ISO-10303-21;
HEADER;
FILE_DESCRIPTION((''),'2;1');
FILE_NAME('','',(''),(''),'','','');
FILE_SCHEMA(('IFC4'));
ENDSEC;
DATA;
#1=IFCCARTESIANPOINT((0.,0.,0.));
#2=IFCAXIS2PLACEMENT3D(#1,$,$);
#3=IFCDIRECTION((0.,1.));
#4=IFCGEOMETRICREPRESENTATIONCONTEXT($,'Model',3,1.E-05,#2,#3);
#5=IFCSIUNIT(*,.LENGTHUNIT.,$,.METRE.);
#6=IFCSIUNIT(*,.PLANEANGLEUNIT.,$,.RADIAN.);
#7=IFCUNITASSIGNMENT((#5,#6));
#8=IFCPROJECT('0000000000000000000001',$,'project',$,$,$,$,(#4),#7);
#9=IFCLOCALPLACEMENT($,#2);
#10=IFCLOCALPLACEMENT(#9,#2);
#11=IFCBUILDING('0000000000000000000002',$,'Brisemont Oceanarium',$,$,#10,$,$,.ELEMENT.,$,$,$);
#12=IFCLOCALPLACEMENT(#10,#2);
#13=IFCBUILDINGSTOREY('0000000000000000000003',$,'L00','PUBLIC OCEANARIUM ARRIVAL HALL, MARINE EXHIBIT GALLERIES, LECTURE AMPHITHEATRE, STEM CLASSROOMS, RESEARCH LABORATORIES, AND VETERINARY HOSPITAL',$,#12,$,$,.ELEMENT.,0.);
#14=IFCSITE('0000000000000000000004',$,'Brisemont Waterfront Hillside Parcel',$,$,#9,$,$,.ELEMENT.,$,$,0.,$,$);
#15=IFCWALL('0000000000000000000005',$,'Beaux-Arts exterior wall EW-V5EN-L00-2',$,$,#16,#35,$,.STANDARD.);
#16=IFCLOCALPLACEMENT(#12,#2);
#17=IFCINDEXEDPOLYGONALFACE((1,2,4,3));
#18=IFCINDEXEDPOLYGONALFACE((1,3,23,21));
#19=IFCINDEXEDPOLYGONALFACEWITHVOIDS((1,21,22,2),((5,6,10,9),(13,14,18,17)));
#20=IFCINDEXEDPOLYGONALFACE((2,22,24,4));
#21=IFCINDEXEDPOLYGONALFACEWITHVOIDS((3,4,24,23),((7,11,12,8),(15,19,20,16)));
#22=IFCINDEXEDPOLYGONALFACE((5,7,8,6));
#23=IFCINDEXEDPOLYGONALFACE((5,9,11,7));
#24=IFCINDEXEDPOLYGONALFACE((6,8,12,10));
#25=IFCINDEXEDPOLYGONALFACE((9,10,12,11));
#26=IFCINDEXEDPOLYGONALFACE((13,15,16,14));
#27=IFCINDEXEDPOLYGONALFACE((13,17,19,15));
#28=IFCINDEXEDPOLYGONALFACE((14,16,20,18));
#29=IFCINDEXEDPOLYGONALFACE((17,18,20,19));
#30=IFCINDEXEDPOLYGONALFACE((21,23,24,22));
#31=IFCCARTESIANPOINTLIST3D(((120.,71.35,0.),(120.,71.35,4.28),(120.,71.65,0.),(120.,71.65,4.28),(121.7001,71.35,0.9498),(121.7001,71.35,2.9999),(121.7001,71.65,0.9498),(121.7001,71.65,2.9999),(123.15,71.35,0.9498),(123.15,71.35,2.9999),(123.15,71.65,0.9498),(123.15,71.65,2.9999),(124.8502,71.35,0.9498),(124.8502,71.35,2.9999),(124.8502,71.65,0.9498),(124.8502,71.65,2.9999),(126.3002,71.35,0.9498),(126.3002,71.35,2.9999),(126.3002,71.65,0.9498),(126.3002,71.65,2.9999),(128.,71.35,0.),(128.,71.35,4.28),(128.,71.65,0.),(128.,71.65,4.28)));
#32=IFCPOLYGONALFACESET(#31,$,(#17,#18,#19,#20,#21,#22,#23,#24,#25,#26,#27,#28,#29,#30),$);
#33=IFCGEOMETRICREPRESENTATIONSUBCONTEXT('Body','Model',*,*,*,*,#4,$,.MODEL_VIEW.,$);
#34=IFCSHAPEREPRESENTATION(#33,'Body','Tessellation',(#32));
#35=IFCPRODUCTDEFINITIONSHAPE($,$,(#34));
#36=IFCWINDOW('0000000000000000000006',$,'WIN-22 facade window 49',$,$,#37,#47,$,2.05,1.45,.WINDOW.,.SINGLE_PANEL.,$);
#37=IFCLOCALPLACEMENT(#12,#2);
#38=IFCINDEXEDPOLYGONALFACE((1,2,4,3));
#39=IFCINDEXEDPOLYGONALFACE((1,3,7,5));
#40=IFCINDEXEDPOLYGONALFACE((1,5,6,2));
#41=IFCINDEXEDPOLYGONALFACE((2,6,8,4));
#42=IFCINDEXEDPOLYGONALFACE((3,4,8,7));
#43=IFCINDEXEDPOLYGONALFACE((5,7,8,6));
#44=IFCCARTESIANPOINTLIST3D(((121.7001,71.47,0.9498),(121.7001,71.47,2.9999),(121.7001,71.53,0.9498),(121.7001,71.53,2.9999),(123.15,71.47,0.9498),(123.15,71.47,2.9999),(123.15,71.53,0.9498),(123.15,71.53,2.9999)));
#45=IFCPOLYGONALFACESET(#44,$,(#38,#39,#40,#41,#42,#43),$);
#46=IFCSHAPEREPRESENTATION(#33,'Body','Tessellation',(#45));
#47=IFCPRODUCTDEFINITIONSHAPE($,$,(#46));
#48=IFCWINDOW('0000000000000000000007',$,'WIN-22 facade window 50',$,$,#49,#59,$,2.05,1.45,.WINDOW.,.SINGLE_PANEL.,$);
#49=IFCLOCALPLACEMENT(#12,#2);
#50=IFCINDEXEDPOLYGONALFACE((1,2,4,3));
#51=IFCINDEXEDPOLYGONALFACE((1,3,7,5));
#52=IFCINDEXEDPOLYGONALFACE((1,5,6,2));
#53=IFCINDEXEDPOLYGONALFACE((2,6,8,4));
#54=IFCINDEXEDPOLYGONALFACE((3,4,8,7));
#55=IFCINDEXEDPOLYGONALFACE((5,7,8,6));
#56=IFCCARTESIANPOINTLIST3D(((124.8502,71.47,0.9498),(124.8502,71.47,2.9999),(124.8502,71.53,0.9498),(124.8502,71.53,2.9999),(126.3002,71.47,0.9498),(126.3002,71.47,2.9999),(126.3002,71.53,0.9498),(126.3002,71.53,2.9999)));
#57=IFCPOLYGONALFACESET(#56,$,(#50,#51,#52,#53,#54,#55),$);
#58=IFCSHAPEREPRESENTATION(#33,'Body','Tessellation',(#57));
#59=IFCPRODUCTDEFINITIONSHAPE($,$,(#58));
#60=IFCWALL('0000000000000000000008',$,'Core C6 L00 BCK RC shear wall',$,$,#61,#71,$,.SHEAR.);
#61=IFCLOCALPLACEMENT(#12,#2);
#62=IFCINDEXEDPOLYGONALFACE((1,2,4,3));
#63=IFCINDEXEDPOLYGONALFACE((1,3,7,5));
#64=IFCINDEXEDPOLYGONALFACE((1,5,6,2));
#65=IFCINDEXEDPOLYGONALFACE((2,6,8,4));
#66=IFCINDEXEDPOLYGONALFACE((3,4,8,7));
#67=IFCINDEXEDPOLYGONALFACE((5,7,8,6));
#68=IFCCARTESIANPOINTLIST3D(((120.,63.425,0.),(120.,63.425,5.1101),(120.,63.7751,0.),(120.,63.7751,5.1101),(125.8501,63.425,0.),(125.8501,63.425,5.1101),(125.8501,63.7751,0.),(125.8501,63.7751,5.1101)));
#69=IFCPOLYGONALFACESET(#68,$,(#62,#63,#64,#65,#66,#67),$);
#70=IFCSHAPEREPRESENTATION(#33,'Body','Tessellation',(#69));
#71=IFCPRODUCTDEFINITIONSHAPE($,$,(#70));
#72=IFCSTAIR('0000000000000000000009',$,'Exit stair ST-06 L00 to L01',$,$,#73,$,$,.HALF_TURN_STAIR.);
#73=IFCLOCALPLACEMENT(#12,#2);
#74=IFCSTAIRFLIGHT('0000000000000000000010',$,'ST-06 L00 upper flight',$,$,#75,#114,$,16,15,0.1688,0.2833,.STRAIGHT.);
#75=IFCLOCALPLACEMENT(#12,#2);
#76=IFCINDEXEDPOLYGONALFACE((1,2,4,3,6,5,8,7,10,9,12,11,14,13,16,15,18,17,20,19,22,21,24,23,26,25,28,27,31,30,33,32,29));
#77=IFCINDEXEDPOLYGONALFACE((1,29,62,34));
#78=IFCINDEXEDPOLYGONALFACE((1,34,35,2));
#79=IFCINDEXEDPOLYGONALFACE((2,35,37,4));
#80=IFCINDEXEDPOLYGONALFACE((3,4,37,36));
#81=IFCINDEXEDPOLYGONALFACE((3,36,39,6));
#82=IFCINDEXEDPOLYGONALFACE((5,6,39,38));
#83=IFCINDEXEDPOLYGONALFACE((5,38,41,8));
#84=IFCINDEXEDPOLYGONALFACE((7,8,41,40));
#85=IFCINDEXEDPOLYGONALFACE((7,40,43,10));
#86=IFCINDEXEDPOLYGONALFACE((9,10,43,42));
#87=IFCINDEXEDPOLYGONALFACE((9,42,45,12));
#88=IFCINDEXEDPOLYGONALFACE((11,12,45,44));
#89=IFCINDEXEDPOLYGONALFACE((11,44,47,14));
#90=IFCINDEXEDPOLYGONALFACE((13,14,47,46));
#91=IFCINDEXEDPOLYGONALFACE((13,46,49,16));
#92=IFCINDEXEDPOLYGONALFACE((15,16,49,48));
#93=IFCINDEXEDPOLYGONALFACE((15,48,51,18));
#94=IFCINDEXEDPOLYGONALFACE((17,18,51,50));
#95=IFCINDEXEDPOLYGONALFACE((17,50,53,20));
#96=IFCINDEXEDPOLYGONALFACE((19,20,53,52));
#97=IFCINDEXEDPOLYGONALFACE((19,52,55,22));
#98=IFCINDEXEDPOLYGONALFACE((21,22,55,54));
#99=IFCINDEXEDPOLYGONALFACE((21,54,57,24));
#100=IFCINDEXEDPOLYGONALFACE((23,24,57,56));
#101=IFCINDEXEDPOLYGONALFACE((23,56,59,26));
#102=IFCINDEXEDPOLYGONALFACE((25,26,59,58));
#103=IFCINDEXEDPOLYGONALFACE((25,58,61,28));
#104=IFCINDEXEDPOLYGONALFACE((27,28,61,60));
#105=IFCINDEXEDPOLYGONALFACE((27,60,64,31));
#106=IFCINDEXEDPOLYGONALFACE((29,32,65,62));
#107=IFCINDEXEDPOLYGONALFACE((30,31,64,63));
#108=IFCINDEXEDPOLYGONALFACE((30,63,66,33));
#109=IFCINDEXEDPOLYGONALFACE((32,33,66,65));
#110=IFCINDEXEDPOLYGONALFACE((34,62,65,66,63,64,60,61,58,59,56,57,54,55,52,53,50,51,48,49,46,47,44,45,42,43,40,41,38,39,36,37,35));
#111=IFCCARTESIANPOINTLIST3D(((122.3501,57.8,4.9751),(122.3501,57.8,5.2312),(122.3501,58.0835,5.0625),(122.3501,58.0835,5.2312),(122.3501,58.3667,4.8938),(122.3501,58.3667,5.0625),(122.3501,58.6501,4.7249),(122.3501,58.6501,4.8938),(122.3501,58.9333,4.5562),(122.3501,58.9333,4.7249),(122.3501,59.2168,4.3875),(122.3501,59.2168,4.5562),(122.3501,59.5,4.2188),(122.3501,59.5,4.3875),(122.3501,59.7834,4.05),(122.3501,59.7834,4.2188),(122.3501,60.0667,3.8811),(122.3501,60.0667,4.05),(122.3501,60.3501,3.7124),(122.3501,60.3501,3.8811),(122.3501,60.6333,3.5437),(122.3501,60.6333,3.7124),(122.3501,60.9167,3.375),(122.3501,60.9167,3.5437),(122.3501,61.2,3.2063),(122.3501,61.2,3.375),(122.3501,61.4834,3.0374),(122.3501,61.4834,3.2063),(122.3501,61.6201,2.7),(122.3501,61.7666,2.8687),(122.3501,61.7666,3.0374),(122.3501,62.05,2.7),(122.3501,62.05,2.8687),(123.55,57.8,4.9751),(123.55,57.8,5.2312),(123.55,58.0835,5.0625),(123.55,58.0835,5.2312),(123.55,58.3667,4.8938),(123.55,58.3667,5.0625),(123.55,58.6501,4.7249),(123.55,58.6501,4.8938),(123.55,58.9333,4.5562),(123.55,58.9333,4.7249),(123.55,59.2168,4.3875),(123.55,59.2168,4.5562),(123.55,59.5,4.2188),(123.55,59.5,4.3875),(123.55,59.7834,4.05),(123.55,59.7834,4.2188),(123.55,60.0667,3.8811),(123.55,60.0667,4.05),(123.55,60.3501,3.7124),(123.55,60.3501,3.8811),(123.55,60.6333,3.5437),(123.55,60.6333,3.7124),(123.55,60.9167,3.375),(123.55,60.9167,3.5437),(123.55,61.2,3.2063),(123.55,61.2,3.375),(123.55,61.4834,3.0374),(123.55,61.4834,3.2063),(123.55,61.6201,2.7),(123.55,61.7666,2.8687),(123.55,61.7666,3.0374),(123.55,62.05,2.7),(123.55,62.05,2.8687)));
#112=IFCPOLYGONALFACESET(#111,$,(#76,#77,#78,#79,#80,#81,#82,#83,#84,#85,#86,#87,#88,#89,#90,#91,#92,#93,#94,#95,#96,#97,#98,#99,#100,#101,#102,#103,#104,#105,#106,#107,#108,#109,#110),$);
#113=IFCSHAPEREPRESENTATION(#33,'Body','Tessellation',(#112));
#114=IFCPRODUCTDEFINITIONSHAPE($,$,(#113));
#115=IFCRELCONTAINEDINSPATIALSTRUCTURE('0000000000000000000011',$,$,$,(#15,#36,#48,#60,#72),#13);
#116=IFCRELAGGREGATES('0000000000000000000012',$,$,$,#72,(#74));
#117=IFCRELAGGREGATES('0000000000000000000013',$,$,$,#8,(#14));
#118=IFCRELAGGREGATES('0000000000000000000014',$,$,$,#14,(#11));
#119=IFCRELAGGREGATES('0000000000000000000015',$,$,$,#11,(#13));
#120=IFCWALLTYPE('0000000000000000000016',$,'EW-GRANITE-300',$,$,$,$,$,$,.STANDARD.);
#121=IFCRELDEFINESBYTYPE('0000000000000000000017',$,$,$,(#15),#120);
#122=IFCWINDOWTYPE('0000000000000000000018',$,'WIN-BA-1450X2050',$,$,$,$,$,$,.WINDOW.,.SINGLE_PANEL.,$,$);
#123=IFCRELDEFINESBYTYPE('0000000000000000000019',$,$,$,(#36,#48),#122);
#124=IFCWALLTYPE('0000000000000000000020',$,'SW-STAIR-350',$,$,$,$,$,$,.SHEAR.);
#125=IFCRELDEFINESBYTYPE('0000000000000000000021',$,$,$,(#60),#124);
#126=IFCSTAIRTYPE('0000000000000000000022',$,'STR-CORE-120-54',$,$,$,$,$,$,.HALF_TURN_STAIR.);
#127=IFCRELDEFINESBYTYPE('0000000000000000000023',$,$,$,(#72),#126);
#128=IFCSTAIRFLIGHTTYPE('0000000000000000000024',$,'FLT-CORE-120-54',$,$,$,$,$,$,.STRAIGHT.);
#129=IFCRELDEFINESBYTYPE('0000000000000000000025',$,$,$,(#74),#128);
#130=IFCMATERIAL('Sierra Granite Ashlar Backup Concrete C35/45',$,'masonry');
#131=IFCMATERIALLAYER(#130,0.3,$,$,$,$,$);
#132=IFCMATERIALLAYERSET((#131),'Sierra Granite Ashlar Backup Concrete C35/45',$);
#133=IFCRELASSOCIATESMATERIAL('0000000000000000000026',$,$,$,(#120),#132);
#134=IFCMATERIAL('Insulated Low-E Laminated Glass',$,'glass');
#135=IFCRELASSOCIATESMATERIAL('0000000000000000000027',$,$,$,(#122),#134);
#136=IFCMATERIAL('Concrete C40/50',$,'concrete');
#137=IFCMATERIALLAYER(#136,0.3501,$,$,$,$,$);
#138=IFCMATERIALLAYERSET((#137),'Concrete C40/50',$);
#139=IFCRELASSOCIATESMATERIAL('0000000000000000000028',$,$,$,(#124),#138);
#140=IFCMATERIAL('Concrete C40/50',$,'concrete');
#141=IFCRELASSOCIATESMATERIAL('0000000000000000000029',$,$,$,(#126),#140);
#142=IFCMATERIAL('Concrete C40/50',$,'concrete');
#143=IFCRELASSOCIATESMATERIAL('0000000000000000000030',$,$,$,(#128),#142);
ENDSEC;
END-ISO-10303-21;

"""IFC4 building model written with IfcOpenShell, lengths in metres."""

from ifc_helpers import new_model, si_unit, direction, frame, frame_2d, origin, place, context, subcontext, project, spatial, polyline, rectangle, outline, extrude, material, layer, layer_set, type_object, element, fill, aggregate, save


model = new_model("IFC4")

# Units and contexts
model_context = context("Model", 3, precision=1e-05, world=origin(), true_north=direction((0.0, 1.0)))
body_context = subcontext(model_context, "Body", "Model", "MODEL_VIEW")
ifc_project = project(units=[si_unit("LENGTHUNIT", "METRE"), si_unit("PLANEANGLEUNIT", "RADIAN")], contexts=[model_context])

# Site, building, storey
site_placement = place(None, origin())
site = spatial("IfcSite", under=ifc_project, at=site_placement, Name="Brisemont Waterfront Hillside Parcel", CompositionType="ELEMENT", RefElevation=0.0)
building_placement = place(site_placement, origin())
building = spatial("IfcBuilding", under=site, at=building_placement, Name="Brisemont Oceanarium", CompositionType="ELEMENT")
storey_placement = place(building_placement, origin())
storey = spatial("IfcBuildingStorey", under=building, at=storey_placement, Name="L00", Description="PUBLIC OCEANARIUM ARRIVAL HALL, MARINE EXHIBIT GALLERIES, LECTURE AMPHITHEATRE, STEM CLASSROOMS, RESEARCH LABORATORIES, AND VETERINARY HOSPITAL", CompositionType="ELEMENT", Elevation=0.0)

# Wall, openings, windows
ifc_material_1 = material(Name="Sierra Granite Ashlar Backup Concrete C35/45", Category="masonry")
ifc_layer_1 = layer(ifc_material_1, 0.3)
ifc_layer_set_1 = layer_set([ifc_layer_1], Name="Sierra Granite Ashlar Backup Concrete C35/45")
wall_type_1 = type_object("IfcWallType", Name="EW-GRANITE-300", PredefinedType="STANDARD", material=ifc_layer_set_1)
wall_1_placement = place(storey_placement, frame((120.0, 71.5, 0.0), z_axis=(0.0, 0.0, 1.0), x_axis=(1.0, 0.0, 0.0)))
wall_1 = element("IfcWall", 1, at=wall_1_placement, inside=storey, type_object=wall_type_1, Name="Beaux-Arts exterior wall EW-V5EN-L00-2", PredefinedType="STANDARD", context=body_context, shape_type="SweptSolid", body=[
    extrude(rectangle(XDim=8.0, YDim=0.3, at=frame_2d((4.0, 0.0))), origin(), (0.0, 0.0, 1.0), 4.28),
])
opening_1_placement = place(wall_1_placement, frame((1.7, 0.0, 0.95)))
opening_1 = element("IfcOpeningElement", 2, at=opening_1_placement, cuts=wall_1, PredefinedType="OPENING", context=body_context, shape_type="SweptSolid", body=[
    extrude(rectangle(XDim=1.45, YDim=2.05, at=frame_2d((0.7251, 1.0249))), frame((0.0, 0.1599, 0.0), z_axis=(0.0, -1.0, 0.0), x_axis=(1.0, 0.0, 0.0)), (0.0, 0.0, 1.0), 0.3201),
])
opening_2_placement = place(wall_1_placement, frame((4.8501, 0.0, 0.95)))
opening_2 = element("IfcOpeningElement", 3, at=opening_2_placement, cuts=wall_1, PredefinedType="OPENING", context=body_context, shape_type="SweptSolid", body=[
    extrude(rectangle(XDim=1.45, YDim=2.05, at=frame_2d((0.7251, 1.0249))), frame((0.0, 0.1599, 0.0), z_axis=(0.0, -1.0, 0.0), x_axis=(1.0, 0.0, 0.0)), (0.0, 0.0, 1.0), 0.3201),
])
ifc_material_2 = material(Name="Insulated Low-E Laminated Glass", Category="glass")
window_type_1 = type_object("IfcWindowType", Name="WIN-BA-1450X2050", PartitioningType="SINGLE_PANEL", PredefinedType="WINDOW", material=ifc_material_2)
window_1_placement = place(opening_1_placement, origin())
window_1 = element("IfcWindow", 4, at=window_1_placement, inside=storey, type_object=window_type_1, Name="WIN-22 facade window 49", OverallHeight=2.05, OverallWidth=1.45, PartitioningType="SINGLE_PANEL", PredefinedType="WINDOW", context=body_context, shape_type="SweptSolid", body=[
    extrude(rectangle(XDim=1.45, YDim=2.05, at=frame_2d((0.7251, 1.0249))), frame((0.0, 0.03, 0.0), z_axis=(0.0, -1.0, 0.0), x_axis=(1.0, 0.0, 0.0)), (0.0, 0.0, 1.0), 0.0601),
])
fill(opening_1, window_1)
window_2_placement = place(opening_2_placement, origin())
window_2 = element("IfcWindow", 5, at=window_2_placement, inside=storey, type_object=window_type_1, Name="WIN-22 facade window 50", OverallHeight=2.05, OverallWidth=1.45, PartitioningType="SINGLE_PANEL", PredefinedType="WINDOW", context=body_context, shape_type="SweptSolid", body=[
    extrude(rectangle(XDim=1.45, YDim=2.05, at=frame_2d((0.7251, 1.0249))), frame((0.0, 0.03, 0.0), z_axis=(0.0, -1.0, 0.0), x_axis=(1.0, 0.0, 0.0)), (0.0, 0.0, 1.0), 0.0601),
])
fill(opening_2, window_2)

# Wall
ifc_material_3 = material(Name="Concrete C40/50", Category="concrete")
ifc_layer_2 = layer(ifc_material_3, 0.3501)
ifc_layer_set_2 = layer_set([ifc_layer_2], Name="Concrete C40/50")
wall_type_2 = type_object("IfcWallType", Name="SW-STAIR-350", PredefinedType="SHEAR", material=ifc_layer_set_2)
wall_2_placement = place(storey_placement, frame((120.0, 63.6001, 0.0), z_axis=(0.0, 0.0, 1.0), x_axis=(1.0, 0.0, 0.0)))
element("IfcWall", 6, at=wall_2_placement, inside=storey, type_object=wall_type_2, Name="Core C6 L00 BCK RC shear wall", PredefinedType="SHEAR", context=body_context, shape_type="SweptSolid", body=[
    extrude(rectangle(XDim=5.8501, YDim=0.3501, at=frame_2d((2.925, 0.0))), origin(), (0.0, 0.0, 1.0), 5.1101),
])

# Stair, stair flight
ifc_material_4 = material(Name="Concrete C40/50", Category="concrete")
stair_type = type_object("IfcStairType", Name="STR-CORE-120-54", PredefinedType="HALF_TURN_STAIR", material=ifc_material_4)
stair_placement = place(storey_placement, origin())
stair = element("IfcStair", 7, at=stair_placement, inside=storey, type_object=stair_type, Name="Exit stair ST-06 L00 to L01", PredefinedType="HALF_TURN_STAIR")
ifc_material_5 = material(Name="Concrete C40/50", Category="concrete")
stair_flight_type = type_object("IfcStairFlightType", Name="FLT-CORE-120-54", PredefinedType="STRAIGHT", material=ifc_material_5)
stair_flight_placement = place(storey_placement, frame((122.95, 62.05, 2.7), z_axis=(0.0, 0.0, 1.0), x_axis=(0.0, -1.0, 0.0)))
stair_flight = element("IfcStairFlight", 8, at=stair_flight_placement, type_object=stair_flight_type, Name="ST-06 L00 upper flight", NumberOfRisers=16, NumberOfTreads=15, PredefinedType="STRAIGHT", RiserHeight=0.1688, TreadLength=0.2833, context=body_context, shape_type="SweptSolid", body=[
    extrude(outline(polyline([(0.0, 0.0), (0.0, 0.1687), (0.2834, 0.1687), (0.2834, 0.3374), (0.5667, 0.3374), (0.5667, 0.5063), (0.8501, 0.5063), (0.8501, 0.675), (1.1333, 0.675), (1.1333, 0.8438), (1.4167, 0.8438), (1.4167, 1.0125), (1.7, 1.0125), (1.7, 1.1812), (1.9834, 1.1812), (1.9834, 1.3501), (2.2666, 1.3501), (2.2666, 1.5188), (2.55, 1.5188), (2.55, 1.6875), (2.8333, 1.6875), (2.8333, 1.8562), (3.1167, 1.8562), (3.1167, 2.0249), (3.3999, 2.0249), (3.3999, 2.1938), (3.6833, 2.1938), (3.6833, 2.3625), (3.9666, 2.3625), (3.9666, 2.5312), (4.25, 2.5312), (4.25, 2.7), (4.25, 2.2751), (0.4299, 0.0), (0.0, 0.0)])), frame((0.0, 0.6001, 0.0), z_axis=(0.0, -1.0, 0.0), x_axis=(1.0, 0.0, 0.0)), (0.0, 0.0, 1.0), 1.2),
])
aggregate(stair, [stair_flight])

save(model, "model.ifc")
